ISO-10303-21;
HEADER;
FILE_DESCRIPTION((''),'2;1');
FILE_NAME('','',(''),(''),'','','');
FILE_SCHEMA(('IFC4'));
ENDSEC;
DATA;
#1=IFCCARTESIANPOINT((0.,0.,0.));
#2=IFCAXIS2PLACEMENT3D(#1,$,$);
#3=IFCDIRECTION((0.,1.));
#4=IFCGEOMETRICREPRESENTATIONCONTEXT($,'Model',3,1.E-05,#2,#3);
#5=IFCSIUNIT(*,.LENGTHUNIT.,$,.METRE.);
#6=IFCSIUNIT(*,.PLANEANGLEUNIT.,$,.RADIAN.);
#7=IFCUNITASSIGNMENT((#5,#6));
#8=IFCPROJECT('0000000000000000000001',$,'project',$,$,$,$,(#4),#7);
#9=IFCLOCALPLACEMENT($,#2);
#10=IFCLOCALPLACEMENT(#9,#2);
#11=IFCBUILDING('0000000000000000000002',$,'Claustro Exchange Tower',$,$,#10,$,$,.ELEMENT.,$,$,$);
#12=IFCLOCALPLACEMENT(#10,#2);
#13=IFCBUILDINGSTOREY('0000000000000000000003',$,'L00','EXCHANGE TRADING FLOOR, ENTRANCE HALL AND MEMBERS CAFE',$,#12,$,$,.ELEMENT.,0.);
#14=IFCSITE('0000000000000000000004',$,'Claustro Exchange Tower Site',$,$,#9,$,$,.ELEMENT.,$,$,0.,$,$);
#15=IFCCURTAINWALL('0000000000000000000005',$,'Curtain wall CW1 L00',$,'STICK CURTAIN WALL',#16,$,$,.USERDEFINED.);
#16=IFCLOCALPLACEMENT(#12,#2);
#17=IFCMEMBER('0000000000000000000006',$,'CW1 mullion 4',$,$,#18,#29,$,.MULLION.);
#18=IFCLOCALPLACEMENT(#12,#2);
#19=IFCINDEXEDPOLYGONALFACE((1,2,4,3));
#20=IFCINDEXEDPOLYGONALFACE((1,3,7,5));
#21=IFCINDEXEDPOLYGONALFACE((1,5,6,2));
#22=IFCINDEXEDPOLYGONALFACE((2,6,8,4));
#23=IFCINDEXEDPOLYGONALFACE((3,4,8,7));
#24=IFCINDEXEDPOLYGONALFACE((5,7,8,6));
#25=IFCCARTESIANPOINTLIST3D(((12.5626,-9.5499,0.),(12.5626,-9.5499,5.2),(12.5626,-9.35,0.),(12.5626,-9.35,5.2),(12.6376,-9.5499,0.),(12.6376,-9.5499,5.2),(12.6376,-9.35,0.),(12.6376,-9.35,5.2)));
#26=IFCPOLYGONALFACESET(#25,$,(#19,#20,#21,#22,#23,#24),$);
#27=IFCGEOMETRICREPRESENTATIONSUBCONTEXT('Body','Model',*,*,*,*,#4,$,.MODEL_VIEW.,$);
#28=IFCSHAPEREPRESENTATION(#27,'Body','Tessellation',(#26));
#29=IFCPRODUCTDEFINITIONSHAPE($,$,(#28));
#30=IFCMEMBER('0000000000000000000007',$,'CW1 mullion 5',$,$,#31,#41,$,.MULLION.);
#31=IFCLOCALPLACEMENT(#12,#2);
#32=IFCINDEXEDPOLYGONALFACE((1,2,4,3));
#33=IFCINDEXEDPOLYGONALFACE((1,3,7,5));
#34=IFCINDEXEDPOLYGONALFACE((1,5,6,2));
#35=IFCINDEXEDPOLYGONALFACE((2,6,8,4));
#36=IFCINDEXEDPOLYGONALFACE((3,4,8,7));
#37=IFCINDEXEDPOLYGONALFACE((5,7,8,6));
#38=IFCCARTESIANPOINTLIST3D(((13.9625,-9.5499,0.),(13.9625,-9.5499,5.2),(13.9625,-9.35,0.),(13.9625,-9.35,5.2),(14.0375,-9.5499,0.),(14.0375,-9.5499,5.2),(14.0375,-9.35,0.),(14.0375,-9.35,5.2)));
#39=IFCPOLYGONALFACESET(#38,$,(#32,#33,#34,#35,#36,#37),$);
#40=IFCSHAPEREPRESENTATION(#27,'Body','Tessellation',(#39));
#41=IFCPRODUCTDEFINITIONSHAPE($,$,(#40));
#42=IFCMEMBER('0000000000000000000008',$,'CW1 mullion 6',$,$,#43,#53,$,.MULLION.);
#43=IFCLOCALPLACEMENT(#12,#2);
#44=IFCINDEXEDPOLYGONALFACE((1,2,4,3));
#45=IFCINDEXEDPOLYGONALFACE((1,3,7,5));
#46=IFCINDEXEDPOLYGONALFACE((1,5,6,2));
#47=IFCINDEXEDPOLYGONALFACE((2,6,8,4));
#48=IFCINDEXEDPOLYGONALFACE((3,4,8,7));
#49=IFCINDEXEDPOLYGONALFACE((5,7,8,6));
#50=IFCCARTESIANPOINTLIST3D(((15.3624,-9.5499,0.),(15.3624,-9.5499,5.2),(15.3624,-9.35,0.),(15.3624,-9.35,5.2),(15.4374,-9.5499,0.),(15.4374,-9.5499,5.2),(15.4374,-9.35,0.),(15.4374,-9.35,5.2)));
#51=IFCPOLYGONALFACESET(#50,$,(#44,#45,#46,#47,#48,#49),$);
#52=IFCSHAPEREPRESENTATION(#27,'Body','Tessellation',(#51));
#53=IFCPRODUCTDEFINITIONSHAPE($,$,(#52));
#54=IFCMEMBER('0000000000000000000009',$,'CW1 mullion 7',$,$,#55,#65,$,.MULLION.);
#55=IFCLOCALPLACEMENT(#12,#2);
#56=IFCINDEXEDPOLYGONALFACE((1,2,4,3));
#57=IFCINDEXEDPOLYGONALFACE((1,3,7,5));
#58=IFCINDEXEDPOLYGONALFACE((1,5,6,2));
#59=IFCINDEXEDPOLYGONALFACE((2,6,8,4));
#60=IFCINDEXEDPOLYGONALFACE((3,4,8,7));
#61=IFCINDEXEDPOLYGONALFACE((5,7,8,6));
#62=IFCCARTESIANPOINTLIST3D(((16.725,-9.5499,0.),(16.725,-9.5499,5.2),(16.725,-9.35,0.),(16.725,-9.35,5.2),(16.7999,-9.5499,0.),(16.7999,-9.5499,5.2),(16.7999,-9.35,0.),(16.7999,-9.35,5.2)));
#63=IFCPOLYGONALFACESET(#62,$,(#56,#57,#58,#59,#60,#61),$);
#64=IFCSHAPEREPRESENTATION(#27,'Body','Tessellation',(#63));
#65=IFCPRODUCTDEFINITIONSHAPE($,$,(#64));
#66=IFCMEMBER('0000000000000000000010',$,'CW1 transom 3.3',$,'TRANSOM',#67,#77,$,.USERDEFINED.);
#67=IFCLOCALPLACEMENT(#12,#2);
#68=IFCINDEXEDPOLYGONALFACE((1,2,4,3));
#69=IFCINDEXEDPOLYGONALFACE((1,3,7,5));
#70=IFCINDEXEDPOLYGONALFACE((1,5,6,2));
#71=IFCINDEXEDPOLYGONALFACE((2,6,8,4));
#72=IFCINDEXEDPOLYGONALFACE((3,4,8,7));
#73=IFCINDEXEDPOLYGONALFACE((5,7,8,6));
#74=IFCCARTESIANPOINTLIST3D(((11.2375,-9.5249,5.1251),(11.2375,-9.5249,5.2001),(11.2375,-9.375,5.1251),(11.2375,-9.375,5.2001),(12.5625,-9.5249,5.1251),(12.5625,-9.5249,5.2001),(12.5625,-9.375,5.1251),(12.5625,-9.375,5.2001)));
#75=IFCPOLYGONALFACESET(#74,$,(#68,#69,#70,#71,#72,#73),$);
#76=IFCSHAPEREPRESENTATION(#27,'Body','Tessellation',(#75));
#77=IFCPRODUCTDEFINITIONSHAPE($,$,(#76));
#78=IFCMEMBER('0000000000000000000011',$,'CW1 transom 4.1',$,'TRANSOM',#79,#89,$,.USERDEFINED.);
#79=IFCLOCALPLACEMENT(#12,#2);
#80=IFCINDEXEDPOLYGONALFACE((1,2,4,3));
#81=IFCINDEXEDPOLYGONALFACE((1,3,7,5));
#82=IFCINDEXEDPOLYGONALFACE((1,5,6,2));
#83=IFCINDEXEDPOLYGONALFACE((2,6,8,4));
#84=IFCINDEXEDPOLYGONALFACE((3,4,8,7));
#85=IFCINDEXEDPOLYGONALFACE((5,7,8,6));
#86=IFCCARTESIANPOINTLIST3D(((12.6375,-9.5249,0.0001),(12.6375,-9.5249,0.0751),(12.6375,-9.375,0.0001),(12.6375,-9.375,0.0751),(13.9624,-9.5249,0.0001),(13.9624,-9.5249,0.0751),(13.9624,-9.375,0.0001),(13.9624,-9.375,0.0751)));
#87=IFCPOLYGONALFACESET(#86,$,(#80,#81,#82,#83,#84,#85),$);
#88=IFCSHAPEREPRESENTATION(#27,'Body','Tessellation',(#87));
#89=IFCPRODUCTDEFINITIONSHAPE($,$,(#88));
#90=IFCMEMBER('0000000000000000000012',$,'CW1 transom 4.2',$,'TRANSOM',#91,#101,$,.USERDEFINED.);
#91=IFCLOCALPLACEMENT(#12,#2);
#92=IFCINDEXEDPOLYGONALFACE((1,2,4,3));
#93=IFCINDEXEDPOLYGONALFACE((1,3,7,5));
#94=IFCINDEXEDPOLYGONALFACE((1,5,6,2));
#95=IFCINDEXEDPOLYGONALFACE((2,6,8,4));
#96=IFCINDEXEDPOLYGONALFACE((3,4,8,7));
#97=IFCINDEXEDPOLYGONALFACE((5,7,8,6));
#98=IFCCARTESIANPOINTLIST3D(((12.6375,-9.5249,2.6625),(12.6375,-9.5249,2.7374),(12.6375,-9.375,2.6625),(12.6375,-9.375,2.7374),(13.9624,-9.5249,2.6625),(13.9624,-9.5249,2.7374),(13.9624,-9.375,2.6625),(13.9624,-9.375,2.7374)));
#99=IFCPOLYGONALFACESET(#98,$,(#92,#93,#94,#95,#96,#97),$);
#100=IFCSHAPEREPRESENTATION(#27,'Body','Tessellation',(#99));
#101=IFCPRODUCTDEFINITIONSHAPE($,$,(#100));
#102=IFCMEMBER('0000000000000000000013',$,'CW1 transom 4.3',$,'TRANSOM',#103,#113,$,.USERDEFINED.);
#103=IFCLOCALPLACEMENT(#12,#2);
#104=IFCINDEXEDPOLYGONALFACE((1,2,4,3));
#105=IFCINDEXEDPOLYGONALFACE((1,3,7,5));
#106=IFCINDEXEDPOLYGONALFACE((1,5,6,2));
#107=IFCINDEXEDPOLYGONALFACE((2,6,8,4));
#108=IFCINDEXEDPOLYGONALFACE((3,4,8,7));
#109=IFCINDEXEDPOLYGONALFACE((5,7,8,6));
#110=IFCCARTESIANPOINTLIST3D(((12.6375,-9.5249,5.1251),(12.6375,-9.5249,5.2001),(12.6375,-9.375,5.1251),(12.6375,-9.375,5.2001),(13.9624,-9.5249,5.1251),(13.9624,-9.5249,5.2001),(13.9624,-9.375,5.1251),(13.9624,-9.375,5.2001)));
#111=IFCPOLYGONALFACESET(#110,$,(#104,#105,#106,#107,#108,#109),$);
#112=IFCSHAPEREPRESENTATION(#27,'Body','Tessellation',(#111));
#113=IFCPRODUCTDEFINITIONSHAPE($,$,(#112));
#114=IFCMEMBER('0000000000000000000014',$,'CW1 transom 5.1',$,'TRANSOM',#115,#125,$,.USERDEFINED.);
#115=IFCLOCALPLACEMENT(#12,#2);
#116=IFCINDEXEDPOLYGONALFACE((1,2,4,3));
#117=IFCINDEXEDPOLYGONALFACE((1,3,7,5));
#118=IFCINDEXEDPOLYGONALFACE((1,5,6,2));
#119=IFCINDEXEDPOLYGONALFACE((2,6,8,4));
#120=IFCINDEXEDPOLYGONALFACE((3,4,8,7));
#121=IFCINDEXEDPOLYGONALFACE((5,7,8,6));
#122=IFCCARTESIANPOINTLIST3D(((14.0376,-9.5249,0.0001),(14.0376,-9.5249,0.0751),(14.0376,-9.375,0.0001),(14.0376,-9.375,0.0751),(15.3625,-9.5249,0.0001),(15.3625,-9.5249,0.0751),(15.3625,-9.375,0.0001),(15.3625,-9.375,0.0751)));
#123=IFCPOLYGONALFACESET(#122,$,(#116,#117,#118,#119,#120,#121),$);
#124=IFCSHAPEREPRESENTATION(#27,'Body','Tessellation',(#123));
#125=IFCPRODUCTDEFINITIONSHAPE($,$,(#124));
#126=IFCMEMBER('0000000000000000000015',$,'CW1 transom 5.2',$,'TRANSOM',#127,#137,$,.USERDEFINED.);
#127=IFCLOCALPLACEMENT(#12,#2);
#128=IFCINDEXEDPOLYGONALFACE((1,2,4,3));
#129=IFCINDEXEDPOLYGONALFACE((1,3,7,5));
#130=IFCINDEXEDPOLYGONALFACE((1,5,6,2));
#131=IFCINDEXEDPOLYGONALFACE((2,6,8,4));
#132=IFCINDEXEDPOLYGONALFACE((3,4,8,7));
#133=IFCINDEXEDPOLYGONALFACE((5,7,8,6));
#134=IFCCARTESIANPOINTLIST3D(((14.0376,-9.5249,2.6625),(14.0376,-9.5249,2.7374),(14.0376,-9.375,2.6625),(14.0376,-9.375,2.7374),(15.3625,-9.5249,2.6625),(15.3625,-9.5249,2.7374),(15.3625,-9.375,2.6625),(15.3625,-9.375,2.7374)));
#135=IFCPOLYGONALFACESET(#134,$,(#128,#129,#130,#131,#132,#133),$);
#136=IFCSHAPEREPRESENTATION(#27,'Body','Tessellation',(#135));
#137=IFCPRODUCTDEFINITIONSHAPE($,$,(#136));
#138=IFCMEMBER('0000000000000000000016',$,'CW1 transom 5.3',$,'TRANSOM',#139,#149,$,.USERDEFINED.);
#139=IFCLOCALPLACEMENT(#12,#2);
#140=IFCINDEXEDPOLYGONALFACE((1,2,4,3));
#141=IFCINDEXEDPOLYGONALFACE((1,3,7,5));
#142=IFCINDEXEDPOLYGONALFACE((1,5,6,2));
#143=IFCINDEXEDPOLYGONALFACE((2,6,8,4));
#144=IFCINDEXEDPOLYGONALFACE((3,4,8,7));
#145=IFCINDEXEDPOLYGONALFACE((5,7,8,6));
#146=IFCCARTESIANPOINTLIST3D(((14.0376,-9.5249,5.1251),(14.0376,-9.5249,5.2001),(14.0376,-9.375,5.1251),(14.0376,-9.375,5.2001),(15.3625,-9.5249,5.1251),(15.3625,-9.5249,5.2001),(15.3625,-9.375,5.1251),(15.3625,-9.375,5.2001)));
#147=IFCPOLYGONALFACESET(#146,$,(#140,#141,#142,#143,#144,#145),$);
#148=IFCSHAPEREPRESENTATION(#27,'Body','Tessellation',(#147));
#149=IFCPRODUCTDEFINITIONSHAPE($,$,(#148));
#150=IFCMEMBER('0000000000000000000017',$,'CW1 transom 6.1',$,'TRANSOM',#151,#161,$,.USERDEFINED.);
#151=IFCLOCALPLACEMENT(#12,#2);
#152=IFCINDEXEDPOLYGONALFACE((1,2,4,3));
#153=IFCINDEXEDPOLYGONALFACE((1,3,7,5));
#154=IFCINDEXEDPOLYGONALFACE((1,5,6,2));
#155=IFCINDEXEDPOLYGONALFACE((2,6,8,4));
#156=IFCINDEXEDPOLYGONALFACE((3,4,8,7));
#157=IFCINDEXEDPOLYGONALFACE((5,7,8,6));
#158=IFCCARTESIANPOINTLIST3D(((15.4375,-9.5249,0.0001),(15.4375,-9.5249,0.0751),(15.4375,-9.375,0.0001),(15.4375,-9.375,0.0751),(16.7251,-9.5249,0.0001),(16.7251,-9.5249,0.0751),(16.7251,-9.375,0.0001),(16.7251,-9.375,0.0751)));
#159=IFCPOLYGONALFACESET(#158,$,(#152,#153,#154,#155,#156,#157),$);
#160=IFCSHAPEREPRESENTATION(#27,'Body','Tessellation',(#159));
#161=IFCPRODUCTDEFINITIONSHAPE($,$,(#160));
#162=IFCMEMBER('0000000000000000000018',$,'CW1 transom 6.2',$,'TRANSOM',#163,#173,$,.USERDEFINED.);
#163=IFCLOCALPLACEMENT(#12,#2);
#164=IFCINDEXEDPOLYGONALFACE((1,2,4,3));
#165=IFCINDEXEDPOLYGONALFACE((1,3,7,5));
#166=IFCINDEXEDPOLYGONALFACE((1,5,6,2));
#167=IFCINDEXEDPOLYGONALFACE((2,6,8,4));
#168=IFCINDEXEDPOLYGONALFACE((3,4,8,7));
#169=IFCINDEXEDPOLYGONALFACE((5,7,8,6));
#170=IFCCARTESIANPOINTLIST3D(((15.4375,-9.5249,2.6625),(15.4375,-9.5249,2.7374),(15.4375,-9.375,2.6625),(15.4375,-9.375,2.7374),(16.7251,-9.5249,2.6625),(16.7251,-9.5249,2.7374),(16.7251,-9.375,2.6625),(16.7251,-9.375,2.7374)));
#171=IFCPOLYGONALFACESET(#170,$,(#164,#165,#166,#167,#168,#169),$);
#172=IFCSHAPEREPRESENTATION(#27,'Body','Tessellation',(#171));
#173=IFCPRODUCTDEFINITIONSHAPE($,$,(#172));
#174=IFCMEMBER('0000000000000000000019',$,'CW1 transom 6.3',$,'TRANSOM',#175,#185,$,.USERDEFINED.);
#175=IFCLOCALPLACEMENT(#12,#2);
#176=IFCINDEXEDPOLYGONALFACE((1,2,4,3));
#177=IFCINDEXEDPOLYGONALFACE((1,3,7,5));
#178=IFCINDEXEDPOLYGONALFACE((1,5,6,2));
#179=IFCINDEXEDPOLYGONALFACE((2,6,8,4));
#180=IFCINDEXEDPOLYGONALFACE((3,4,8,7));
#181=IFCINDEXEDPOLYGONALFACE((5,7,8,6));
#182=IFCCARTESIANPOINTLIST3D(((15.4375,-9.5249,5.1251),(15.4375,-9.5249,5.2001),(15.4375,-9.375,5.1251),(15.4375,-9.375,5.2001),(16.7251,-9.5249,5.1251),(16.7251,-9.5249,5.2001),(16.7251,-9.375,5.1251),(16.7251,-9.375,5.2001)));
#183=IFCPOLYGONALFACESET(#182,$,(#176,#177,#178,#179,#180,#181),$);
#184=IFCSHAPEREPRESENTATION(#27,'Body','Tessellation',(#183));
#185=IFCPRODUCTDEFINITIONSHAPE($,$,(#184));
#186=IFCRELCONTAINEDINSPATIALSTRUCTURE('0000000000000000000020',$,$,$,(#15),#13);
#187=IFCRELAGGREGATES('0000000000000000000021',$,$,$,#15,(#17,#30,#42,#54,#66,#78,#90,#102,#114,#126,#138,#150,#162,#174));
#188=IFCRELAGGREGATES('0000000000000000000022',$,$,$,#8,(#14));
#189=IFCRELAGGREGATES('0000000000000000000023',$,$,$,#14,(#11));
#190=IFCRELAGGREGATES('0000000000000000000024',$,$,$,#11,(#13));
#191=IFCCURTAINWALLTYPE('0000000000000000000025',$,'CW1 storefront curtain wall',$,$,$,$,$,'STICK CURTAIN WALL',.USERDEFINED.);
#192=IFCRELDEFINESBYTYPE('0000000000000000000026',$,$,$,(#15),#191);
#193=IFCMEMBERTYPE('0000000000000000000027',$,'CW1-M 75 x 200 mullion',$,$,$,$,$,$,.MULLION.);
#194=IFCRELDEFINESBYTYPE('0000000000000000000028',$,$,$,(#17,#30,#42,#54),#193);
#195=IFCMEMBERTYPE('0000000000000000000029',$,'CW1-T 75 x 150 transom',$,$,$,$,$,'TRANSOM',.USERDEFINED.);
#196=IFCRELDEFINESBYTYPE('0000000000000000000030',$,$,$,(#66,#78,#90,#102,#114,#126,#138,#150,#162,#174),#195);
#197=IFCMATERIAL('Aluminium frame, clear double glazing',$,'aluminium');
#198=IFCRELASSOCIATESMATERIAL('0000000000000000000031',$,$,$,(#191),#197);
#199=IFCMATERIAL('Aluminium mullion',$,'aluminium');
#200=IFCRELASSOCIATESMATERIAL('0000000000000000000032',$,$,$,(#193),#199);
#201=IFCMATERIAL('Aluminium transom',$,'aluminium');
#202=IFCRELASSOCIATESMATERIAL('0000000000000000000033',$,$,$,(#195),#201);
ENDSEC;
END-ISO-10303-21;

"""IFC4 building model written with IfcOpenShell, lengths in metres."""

from ifc_helpers import new_model, si_unit, direction, frame, origin, origin_2d, place, context, subcontext, project, spatial, rectangle, extrude, material, material_profile, profile_set, type_object, element, aggregate, save


model = new_model("IFC4")

# Units and contexts
model_context = context("Model", 3, precision=1e-05, world=origin(), true_north=direction((0.0, 1.0)))
body_context = subcontext(model_context, "Body", "Model", "MODEL_VIEW")
ifc_project = project(units=[si_unit("LENGTHUNIT", "METRE"), si_unit("PLANEANGLEUNIT", "RADIAN")], contexts=[model_context])

# Site, building, storey
site_placement = place(None, origin())
site = spatial("IfcSite", under=ifc_project, at=site_placement, Name="Claustro Exchange Tower Site", CompositionType="ELEMENT", RefElevation=0.0)
building_placement = place(site_placement, origin())
building = spatial("IfcBuilding", under=site, at=building_placement, Name="Claustro Exchange Tower", CompositionType="ELEMENT")
storey_placement = place(building_placement, origin())
storey = spatial("IfcBuildingStorey", under=building, at=storey_placement, Name="L00", Description="EXCHANGE TRADING FLOOR, ENTRANCE HALL AND MEMBERS CAFE", CompositionType="ELEMENT", Elevation=0.0)

# Curtain wall, members
ifc_material_1 = material(Name="Aluminium frame, clear double glazing", Category="aluminium")
curtain_wall_type = type_object("IfcCurtainWallType", Name="CW1 storefront curtain wall", ElementType="STICK CURTAIN WALL", PredefinedType="USERDEFINED", material=ifc_material_1)
curtain_wall_placement = place(storey_placement, origin())
curtain_wall = element("IfcCurtainWall", 1, at=curtain_wall_placement, inside=storey, type_object=curtain_wall_type, Name="Curtain wall CW1 L00", ObjectType="STICK CURTAIN WALL", PredefinedType="USERDEFINED")
ifc_material_2 = material(Name="Aluminium mullion", Category="aluminium")
ifc_material_profile_1 = material_profile(ifc_material_2, rectangle(XDim=0.2, YDim=0.075, at=origin_2d()), Name="CW1-M 75x200")
ifc_profile_set_1 = profile_set([ifc_material_profile_1], Name="Aluminium mullion")
member_type_1 = type_object("IfcMemberType", Name="CW1-M 75 x 200 mullion", PredefinedType="MULLION", material=ifc_profile_set_1)
member_1_placement = place(storey_placement, frame((12.6001, -9.45, 0.0), z_axis=(0.0, 0.0, 1.0), x_axis=(0.0, 1.0, 0.0)))
member_1 = element("IfcMember", 2, at=member_1_placement, type_object=member_type_1, Name="CW1 mullion 4", PredefinedType="MULLION", context=body_context, shape_type="SweptSolid", body=[
    extrude(rectangle(XDim=0.2, YDim=0.075, at=origin_2d()), origin(), (0.0, 0.0, 1.0), 5.2),
])
member_2_placement = place(storey_placement, frame((14.0, -9.45, 0.0), z_axis=(0.0, 0.0, 1.0), x_axis=(0.0, 1.0, 0.0)))
member_2 = element("IfcMember", 3, at=member_2_placement, type_object=member_type_1, Name="CW1 mullion 5", PredefinedType="MULLION", context=body_context, shape_type="SweptSolid", body=[
    extrude(rectangle(XDim=0.2, YDim=0.075, at=origin_2d()), origin(), (0.0, 0.0, 1.0), 5.2),
])
member_3_placement = place(storey_placement, frame((15.3999, -9.45, 0.0), z_axis=(0.0, 0.0, 1.0), x_axis=(0.0, 1.0, 0.0)))
member_3 = element("IfcMember", 4, at=member_3_placement, type_object=member_type_1, Name="CW1 mullion 6", PredefinedType="MULLION", context=body_context, shape_type="SweptSolid", body=[
    extrude(rectangle(XDim=0.2, YDim=0.075, at=origin_2d()), origin(), (0.0, 0.0, 1.0), 5.2),
])
member_4_placement = place(storey_placement, frame((16.7625, -9.45, 0.0), z_axis=(0.0, 0.0, 1.0), x_axis=(0.0, 1.0, 0.0)))
member_4 = element("IfcMember", 5, at=member_4_placement, type_object=member_type_1, Name="CW1 mullion 7", PredefinedType="MULLION", context=body_context, shape_type="SweptSolid", body=[
    extrude(rectangle(XDim=0.2, YDim=0.075, at=origin_2d()), origin(), (0.0, 0.0, 1.0), 5.2),
])
ifc_material_3 = material(Name="Aluminium transom", Category="aluminium")
ifc_material_profile_2 = material_profile(ifc_material_3, rectangle(XDim=0.1499, YDim=0.075, at=origin_2d()), Name="CW1-T 75x150")
ifc_profile_set_2 = profile_set([ifc_material_profile_2], Name="Aluminium transom")
member_type_2 = type_object("IfcMemberType", Name="CW1-T 75 x 150 transom", ElementType="TRANSOM", PredefinedType="USERDEFINED", material=ifc_profile_set_2)
member_5_placement = place(storey_placement, frame((11.2375, -9.45, 5.1626), z_axis=(1.0, 0.0, 0.0), x_axis=(0.0, 1.0, 0.0)))
member_5 = element("IfcMember", 6, at=member_5_placement, type_object=member_type_2, Name="CW1 transom 3.3", ObjectType="TRANSOM", PredefinedType="USERDEFINED", context=body_context, shape_type="SweptSolid", body=[
    extrude(rectangle(XDim=0.1499, YDim=0.075, at=origin_2d()), origin(), (0.0, 0.0, 1.0), 1.325),
])
member_6_placement = place(storey_placement, frame((12.6375, -9.45, 0.0376), z_axis=(1.0, 0.0, 0.0), x_axis=(0.0, 1.0, 0.0)))
member_6 = element("IfcMember", 7, at=member_6_placement, type_object=member_type_2, Name="CW1 transom 4.1", ObjectType="TRANSOM", PredefinedType="USERDEFINED", context=body_context, shape_type="SweptSolid", body=[
    extrude(rectangle(XDim=0.1499, YDim=0.075, at=origin_2d()), origin(), (0.0, 0.0, 1.0), 1.325),
])
member_7_placement = place(storey_placement, frame((12.6375, -9.45, 2.7), z_axis=(1.0, 0.0, 0.0), x_axis=(0.0, 1.0, 0.0)))
member_7 = element("IfcMember", 8, at=member_7_placement, type_object=member_type_2, Name="CW1 transom 4.2", ObjectType="TRANSOM", PredefinedType="USERDEFINED", context=body_context, shape_type="SweptSolid", body=[
    extrude(rectangle(XDim=0.1499, YDim=0.075, at=origin_2d()), origin(), (0.0, 0.0, 1.0), 1.325),
])
member_8_placement = place(storey_placement, frame((12.6375, -9.45, 5.1626), z_axis=(1.0, 0.0, 0.0), x_axis=(0.0, 1.0, 0.0)))
member_8 = element("IfcMember", 9, at=member_8_placement, type_object=member_type_2, Name="CW1 transom 4.3", ObjectType="TRANSOM", PredefinedType="USERDEFINED", context=body_context, shape_type="SweptSolid", body=[
    extrude(rectangle(XDim=0.1499, YDim=0.075, at=origin_2d()), origin(), (0.0, 0.0, 1.0), 1.325),
])
member_9_placement = place(storey_placement, frame((14.0376, -9.45, 0.0376), z_axis=(1.0, 0.0, 0.0), x_axis=(0.0, 1.0, 0.0)))
member_9 = element("IfcMember", 10, at=member_9_placement, type_object=member_type_2, Name="CW1 transom 5.1", ObjectType="TRANSOM", PredefinedType="USERDEFINED", context=body_context, shape_type="SweptSolid", body=[
    extrude(rectangle(XDim=0.1499, YDim=0.075, at=origin_2d()), origin(), (0.0, 0.0, 1.0), 1.325),
])
member_10_placement = place(storey_placement, frame((14.0376, -9.45, 2.7), z_axis=(1.0, 0.0, 0.0), x_axis=(0.0, 1.0, 0.0)))
member_10 = element("IfcMember", 11, at=member_10_placement, type_object=member_type_2, Name="CW1 transom 5.2", ObjectType="TRANSOM", PredefinedType="USERDEFINED", context=body_context, shape_type="SweptSolid", body=[
    extrude(rectangle(XDim=0.1499, YDim=0.075, at=origin_2d()), origin(), (0.0, 0.0, 1.0), 1.325),
])
member_11_placement = place(storey_placement, frame((14.0376, -9.45, 5.1626), z_axis=(1.0, 0.0, 0.0), x_axis=(0.0, 1.0, 0.0)))
member_11 = element("IfcMember", 12, at=member_11_placement, type_object=member_type_2, Name="CW1 transom 5.3", ObjectType="TRANSOM", PredefinedType="USERDEFINED", context=body_context, shape_type="SweptSolid", body=[
    extrude(rectangle(XDim=0.1499, YDim=0.075, at=origin_2d()), origin(), (0.0, 0.0, 1.0), 1.325),
])
member_12_placement = place(storey_placement, frame((15.4375, -9.45, 0.0376), z_axis=(1.0, 0.0, 0.0), x_axis=(0.0, 1.0, 0.0)))
member_12 = element("IfcMember", 13, at=member_12_placement, type_object=member_type_2, Name="CW1 transom 6.1", ObjectType="TRANSOM", PredefinedType="USERDEFINED", context=body_context, shape_type="SweptSolid", body=[
    extrude(rectangle(XDim=0.1499, YDim=0.075, at=origin_2d()), origin(), (0.0, 0.0, 1.0), 1.2876),
])
member_13_placement = place(storey_placement, frame((15.4375, -9.45, 2.7), z_axis=(1.0, 0.0, 0.0), x_axis=(0.0, 1.0, 0.0)))
member_13 = element("IfcMember", 14, at=member_13_placement, type_object=member_type_2, Name="CW1 transom 6.2", ObjectType="TRANSOM", PredefinedType="USERDEFINED", context=body_context, shape_type="SweptSolid", body=[
    extrude(rectangle(XDim=0.1499, YDim=0.075, at=origin_2d()), origin(), (0.0, 0.0, 1.0), 1.2876),
])
member_14_placement = place(storey_placement, frame((15.4375, -9.45, 5.1626), z_axis=(1.0, 0.0, 0.0), x_axis=(0.0, 1.0, 0.0)))
member_14 = element("IfcMember", 15, at=member_14_placement, type_object=member_type_2, Name="CW1 transom 6.3", ObjectType="TRANSOM", PredefinedType="USERDEFINED", context=body_context, shape_type="SweptSolid", body=[
    extrude(rectangle(XDim=0.1499, YDim=0.075, at=origin_2d()), origin(), (0.0, 0.0, 1.0), 1.2876),
])
aggregate(curtain_wall, [member_1, member_2, member_3, member_4, member_5, member_6, member_7, member_8, member_9, member_10, member_11, member_12, member_13, member_14])

save(model, "model.ifc")
